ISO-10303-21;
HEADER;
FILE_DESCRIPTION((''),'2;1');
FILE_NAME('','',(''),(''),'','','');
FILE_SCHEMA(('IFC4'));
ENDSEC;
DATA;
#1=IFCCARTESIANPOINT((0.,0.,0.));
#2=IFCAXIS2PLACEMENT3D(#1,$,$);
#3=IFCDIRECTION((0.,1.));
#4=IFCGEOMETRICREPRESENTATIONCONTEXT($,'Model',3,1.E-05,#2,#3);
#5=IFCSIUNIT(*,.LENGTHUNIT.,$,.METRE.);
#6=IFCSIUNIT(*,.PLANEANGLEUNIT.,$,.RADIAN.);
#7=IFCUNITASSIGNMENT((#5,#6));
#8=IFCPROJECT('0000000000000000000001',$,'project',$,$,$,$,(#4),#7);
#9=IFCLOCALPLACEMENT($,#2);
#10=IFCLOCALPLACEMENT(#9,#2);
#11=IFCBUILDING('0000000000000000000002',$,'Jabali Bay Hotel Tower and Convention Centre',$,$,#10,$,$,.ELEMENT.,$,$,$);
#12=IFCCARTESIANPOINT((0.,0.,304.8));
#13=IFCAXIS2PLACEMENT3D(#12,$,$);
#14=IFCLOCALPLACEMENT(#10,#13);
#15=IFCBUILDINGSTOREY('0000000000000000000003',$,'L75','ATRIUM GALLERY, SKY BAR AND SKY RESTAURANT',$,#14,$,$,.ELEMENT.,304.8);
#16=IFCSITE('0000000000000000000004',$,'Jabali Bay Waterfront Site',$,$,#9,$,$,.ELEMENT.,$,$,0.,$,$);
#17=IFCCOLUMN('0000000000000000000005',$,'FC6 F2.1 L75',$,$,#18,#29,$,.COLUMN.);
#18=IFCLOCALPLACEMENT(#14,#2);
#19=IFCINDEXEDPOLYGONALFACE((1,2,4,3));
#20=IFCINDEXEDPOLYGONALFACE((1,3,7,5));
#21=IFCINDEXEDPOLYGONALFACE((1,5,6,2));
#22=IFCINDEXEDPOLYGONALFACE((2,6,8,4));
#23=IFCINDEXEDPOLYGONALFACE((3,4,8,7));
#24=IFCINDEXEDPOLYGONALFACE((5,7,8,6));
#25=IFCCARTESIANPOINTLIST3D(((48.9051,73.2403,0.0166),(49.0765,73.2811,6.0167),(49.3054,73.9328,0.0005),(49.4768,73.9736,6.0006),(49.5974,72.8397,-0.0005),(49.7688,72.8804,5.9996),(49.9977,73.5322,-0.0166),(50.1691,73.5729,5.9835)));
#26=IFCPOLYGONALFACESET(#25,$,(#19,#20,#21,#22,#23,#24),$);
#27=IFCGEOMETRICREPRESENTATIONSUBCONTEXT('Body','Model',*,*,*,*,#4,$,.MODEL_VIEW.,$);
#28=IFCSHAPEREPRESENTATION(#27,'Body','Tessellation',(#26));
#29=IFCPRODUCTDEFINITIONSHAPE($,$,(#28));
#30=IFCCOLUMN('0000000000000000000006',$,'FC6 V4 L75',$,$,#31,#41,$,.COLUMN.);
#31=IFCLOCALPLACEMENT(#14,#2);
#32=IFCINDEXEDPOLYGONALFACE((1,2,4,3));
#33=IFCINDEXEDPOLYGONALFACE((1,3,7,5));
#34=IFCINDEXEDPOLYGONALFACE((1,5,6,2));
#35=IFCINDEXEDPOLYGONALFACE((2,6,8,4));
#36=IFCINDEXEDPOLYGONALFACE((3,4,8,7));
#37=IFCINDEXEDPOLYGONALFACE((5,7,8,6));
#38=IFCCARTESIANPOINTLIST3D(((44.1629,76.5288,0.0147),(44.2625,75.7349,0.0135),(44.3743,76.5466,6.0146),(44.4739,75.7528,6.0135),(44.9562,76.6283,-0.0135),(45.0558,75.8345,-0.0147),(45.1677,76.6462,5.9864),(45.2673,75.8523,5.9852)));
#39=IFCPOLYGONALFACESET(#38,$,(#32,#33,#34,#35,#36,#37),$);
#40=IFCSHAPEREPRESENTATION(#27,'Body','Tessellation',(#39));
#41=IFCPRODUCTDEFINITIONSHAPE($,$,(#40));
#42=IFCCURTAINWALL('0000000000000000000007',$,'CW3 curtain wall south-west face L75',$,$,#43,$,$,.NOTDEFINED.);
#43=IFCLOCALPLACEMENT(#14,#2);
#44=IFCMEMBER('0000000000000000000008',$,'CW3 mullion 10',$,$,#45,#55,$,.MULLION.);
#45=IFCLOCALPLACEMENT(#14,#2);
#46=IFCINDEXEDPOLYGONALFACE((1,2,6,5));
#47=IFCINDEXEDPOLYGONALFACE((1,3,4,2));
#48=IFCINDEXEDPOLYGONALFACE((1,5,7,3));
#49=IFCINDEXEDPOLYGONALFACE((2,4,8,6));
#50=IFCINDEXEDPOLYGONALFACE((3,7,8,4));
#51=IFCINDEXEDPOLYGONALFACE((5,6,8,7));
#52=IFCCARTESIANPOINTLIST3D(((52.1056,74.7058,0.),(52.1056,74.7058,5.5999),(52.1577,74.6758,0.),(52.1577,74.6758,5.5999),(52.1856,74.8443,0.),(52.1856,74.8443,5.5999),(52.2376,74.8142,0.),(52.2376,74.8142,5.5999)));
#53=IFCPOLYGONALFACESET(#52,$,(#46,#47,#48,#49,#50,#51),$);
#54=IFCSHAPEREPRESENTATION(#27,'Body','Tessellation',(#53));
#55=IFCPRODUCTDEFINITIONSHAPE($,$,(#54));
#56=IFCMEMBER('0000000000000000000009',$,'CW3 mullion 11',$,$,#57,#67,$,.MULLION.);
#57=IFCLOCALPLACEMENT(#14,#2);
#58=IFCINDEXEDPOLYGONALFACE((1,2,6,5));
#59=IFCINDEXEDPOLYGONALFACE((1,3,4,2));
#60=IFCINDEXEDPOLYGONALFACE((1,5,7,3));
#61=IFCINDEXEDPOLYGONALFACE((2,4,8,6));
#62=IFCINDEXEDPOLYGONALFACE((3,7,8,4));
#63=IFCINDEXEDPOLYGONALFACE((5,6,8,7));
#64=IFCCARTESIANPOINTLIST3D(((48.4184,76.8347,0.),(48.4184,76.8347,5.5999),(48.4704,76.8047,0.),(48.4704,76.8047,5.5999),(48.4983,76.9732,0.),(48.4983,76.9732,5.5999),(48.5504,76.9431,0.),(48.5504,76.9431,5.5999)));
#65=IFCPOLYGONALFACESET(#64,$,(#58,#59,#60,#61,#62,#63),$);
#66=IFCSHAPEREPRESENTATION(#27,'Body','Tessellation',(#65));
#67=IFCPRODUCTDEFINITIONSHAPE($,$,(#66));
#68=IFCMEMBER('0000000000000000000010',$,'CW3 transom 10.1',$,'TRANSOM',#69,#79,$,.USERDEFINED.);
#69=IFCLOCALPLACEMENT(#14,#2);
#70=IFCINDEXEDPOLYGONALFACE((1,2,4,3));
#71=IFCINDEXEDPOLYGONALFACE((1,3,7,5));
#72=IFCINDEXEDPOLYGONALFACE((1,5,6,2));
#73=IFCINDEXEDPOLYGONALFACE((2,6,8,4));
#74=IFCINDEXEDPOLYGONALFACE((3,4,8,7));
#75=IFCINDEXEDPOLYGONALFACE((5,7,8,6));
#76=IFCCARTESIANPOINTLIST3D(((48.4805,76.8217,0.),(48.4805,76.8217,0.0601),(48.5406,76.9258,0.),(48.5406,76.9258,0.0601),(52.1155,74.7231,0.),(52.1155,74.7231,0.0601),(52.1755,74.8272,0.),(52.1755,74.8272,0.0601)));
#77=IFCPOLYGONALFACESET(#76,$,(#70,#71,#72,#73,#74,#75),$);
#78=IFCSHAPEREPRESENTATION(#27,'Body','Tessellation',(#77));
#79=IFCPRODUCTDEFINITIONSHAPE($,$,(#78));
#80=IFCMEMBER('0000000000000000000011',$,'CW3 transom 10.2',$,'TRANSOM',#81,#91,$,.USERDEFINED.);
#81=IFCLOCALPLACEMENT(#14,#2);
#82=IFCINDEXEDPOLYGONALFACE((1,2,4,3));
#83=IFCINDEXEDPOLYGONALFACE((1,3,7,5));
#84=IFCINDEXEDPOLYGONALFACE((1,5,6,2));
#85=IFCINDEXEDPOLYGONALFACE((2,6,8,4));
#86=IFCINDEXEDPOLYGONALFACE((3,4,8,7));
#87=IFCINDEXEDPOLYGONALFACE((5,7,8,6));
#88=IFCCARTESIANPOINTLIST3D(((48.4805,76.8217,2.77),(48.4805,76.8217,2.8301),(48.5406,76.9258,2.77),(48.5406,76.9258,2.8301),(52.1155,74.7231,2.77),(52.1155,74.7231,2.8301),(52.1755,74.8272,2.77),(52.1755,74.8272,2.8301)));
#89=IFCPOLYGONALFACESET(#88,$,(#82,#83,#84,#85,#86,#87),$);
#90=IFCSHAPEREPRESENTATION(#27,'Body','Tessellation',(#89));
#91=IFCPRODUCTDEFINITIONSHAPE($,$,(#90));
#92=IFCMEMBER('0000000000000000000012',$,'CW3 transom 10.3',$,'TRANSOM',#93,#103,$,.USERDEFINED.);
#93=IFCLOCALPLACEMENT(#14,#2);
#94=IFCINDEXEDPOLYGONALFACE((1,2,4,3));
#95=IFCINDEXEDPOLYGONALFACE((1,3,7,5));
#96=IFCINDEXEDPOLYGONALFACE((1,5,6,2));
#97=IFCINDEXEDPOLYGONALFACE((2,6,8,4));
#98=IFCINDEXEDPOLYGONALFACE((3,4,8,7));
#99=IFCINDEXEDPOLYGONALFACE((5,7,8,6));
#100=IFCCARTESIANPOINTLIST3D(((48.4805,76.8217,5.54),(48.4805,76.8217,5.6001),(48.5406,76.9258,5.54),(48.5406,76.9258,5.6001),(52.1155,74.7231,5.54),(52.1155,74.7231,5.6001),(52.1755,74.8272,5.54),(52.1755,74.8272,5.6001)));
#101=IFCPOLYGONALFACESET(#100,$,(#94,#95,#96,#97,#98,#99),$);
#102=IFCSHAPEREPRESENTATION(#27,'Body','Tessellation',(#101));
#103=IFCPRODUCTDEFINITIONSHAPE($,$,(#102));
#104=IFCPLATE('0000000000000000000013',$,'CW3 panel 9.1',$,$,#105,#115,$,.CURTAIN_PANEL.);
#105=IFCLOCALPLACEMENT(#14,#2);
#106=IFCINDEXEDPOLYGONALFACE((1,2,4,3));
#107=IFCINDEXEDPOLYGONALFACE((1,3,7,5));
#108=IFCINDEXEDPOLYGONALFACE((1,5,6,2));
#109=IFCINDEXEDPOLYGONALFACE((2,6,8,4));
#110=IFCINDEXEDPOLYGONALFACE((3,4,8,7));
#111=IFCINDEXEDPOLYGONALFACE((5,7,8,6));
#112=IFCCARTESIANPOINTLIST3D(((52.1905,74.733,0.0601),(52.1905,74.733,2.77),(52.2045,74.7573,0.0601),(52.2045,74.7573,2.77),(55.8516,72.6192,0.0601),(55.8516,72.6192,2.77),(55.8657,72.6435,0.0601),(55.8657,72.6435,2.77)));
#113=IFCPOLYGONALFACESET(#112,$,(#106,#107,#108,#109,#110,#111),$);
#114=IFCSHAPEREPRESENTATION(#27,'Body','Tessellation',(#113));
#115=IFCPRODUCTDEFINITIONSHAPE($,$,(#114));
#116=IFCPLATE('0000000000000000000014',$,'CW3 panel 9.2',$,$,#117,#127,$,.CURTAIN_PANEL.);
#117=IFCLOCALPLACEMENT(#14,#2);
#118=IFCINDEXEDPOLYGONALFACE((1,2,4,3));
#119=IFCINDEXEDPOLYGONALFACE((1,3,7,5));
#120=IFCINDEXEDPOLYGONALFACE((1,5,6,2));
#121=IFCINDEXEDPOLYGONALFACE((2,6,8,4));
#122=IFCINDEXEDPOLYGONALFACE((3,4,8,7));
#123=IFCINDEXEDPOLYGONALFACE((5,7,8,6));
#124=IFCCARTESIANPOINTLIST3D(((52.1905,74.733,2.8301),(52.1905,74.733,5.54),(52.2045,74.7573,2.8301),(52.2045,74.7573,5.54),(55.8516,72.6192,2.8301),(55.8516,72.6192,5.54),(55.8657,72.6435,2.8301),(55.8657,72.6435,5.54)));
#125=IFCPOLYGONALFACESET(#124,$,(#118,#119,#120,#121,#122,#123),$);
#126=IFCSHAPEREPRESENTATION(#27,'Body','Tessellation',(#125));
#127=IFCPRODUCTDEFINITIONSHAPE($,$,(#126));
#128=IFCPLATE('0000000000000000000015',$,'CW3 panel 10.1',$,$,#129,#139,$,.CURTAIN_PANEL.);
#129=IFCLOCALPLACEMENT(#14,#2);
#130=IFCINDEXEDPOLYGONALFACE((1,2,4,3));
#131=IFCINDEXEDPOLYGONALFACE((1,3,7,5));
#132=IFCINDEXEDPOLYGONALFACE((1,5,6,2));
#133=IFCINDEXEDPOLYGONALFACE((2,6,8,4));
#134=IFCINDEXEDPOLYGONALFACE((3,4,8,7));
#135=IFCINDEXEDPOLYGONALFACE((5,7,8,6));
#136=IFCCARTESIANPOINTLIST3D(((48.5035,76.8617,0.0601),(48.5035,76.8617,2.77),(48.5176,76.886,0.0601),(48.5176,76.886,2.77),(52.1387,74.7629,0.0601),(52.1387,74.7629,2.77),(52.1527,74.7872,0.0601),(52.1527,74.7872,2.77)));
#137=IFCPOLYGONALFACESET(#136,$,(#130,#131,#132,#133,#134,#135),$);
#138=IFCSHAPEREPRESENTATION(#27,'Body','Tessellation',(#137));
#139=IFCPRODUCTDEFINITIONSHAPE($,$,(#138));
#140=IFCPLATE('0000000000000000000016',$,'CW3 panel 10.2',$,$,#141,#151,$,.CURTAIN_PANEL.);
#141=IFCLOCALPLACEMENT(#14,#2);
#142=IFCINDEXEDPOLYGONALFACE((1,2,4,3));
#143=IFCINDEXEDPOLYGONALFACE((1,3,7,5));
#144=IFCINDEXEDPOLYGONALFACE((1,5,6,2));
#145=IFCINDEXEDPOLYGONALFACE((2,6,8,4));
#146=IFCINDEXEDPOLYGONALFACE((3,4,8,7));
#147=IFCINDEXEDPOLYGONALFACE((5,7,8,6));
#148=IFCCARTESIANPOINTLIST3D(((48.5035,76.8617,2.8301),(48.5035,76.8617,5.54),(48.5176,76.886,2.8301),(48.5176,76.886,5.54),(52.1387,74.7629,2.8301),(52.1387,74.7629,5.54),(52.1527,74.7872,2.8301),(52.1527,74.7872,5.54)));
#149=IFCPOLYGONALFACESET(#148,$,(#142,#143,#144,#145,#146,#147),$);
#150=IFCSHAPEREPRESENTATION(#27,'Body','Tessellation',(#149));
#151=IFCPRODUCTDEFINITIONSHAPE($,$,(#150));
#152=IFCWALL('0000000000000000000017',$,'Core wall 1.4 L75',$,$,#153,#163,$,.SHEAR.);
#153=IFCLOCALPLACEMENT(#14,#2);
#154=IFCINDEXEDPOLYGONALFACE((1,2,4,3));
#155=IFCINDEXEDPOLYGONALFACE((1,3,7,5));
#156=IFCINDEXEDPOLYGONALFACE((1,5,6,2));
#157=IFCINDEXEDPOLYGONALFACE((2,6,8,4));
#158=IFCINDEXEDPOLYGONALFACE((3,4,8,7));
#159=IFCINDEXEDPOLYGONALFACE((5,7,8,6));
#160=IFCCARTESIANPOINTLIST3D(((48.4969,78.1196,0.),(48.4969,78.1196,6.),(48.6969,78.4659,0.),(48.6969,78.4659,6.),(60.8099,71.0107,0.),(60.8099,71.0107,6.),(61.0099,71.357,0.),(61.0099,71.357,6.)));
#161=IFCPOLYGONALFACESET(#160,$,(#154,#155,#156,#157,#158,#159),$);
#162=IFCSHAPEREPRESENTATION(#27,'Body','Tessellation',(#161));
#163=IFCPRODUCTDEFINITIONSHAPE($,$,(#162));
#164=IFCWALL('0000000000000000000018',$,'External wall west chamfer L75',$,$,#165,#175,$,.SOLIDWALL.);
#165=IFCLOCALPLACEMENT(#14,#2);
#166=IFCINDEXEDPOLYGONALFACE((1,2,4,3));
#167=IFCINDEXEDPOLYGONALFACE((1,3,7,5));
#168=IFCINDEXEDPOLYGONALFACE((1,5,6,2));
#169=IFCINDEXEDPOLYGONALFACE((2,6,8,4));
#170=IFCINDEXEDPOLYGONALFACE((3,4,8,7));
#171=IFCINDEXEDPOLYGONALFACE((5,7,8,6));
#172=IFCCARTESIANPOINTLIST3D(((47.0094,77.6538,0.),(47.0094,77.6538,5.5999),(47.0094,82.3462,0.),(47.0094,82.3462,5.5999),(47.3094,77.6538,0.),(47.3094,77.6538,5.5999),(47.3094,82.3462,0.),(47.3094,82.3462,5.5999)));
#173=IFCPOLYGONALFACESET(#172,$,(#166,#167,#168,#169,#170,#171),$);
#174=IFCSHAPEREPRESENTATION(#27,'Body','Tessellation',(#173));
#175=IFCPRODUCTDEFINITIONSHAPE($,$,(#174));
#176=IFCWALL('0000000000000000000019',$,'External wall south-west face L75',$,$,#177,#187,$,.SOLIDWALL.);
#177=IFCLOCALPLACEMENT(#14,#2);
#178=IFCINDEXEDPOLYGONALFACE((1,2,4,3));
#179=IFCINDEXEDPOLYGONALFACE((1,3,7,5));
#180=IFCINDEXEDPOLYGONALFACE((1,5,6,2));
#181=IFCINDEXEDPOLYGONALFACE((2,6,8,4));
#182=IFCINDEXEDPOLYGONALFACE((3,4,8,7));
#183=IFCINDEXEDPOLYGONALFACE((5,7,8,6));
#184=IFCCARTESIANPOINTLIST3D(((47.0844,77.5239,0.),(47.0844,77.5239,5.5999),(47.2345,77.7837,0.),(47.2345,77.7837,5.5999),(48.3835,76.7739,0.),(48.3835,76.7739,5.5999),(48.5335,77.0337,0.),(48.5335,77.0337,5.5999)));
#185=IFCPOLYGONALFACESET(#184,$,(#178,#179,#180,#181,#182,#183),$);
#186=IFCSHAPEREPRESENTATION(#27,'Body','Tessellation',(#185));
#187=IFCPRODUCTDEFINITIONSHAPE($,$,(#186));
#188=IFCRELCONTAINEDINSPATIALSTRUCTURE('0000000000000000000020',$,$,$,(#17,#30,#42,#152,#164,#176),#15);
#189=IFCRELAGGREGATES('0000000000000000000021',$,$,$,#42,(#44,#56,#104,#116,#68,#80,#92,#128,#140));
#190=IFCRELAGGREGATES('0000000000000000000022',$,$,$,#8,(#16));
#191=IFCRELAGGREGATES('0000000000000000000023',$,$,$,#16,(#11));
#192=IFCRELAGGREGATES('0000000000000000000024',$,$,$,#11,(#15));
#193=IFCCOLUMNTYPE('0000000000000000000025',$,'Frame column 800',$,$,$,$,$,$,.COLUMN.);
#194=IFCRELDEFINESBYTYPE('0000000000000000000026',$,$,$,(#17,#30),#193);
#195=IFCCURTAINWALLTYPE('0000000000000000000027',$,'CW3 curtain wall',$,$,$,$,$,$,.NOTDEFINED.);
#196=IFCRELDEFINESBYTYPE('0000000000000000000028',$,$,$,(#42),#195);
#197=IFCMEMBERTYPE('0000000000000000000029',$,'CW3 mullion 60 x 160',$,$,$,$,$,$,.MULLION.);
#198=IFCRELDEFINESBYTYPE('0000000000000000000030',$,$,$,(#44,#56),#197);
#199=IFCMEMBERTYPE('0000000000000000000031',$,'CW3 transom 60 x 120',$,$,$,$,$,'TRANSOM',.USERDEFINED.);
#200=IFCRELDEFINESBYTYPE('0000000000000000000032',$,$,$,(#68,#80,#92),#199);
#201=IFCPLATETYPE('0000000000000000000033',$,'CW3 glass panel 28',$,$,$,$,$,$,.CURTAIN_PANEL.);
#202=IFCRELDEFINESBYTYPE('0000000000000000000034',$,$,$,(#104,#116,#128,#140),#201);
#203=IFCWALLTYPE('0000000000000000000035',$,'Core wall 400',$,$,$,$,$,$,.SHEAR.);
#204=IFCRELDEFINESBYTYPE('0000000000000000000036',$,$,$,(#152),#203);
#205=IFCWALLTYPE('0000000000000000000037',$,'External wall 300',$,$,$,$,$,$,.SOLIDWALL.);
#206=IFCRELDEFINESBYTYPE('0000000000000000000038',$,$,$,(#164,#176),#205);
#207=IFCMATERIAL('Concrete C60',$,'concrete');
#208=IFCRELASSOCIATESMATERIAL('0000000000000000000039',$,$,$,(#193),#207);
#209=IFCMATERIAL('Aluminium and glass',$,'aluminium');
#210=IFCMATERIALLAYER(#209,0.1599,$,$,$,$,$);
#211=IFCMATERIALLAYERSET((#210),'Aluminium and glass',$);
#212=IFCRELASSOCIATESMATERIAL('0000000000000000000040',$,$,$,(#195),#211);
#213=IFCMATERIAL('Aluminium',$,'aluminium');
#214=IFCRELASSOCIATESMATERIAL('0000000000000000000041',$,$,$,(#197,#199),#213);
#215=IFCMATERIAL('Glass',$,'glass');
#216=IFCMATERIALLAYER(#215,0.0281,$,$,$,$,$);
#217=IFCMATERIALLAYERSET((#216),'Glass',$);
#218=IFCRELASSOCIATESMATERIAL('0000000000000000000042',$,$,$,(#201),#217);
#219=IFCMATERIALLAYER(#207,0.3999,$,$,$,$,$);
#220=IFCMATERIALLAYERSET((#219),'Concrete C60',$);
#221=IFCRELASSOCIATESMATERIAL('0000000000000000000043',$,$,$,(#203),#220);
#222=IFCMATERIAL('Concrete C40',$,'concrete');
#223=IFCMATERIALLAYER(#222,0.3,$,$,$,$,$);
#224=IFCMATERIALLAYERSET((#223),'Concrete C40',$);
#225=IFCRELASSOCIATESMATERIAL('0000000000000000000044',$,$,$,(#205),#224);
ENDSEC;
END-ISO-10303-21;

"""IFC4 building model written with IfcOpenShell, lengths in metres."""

from ifc_helpers import new_model, si_unit, direction, frame, frame_2d, origin, origin_2d, place, context, subcontext, project, spatial, rectangle, extrude, material, layer, layer_set, material_profile, profile_set, type_object, element, aggregate, save


model = new_model("IFC4")

# Units and contexts
model_context = context("Model", 3, precision=1e-05, world=origin(), true_north=direction((0.0, 1.0)))
body_context = subcontext(model_context, "Body", "Model", "MODEL_VIEW")
ifc_project = project(units=[si_unit("LENGTHUNIT", "METRE"), si_unit("PLANEANGLEUNIT", "RADIAN")], contexts=[model_context])

# Site, building, storey
site_placement = place(None, origin())
site = spatial("IfcSite", under=ifc_project, at=site_placement, Name="Jabali Bay Waterfront Site", CompositionType="ELEMENT", RefElevation=0.0)
building_placement = place(site_placement, origin())
building = spatial("IfcBuilding", under=site, at=building_placement, Name="Jabali Bay Hotel Tower and Convention Centre", CompositionType="ELEMENT")
storey_placement = place(building_placement, frame((0.0, 0.0, 304.8)))
storey = spatial("IfcBuildingStorey", under=building, at=storey_placement, Name="L75", Description="ATRIUM GALLERY, SKY BAR AND SKY RESTAURANT", CompositionType="ELEMENT", Elevation=304.8)

# Columns
ifc_material_1 = material(Name="Concrete C60", Category="concrete")
ifc_material_profile_1 = material_profile(ifc_material_1, rectangle(XDim=0.8, YDim=0.8, at=origin_2d()), Name="Frame column 800")
ifc_profile_set_1 = profile_set([ifc_material_profile_1], Name="Concrete C60")
column_type = type_object("IfcColumnType", Name="Frame column 800", PredefinedType="COLUMN", material=ifc_profile_set_1)
column_1_placement = place(storey_placement, frame((49.4514, 73.3862, 0.0), z_axis=(0.028552, 0.006792, 0.999569), x_axis=(-0.865329, 0.50075, 0.021315)))
element("IfcColumn", 1, at=column_1_placement, inside=storey, type_object=column_type, Name="FC6 F2.1 L75", PredefinedType="COLUMN", context=body_context, shape_type="SweptSolid", body=[
    extrude(rectangle(XDim=0.8, YDim=0.8, at=origin_2d()), origin(), (0.0, 0.0, 1.0), 6.0027),
])
column_2_placement = place(storey_placement, frame((44.6094, 76.1816, 0.0), z_axis=(0.035216, 0.002969, 0.999375), x_axis=(-0.124505, 0.992218, 0.00144)))
element("IfcColumn", 2, at=column_2_placement, inside=storey, type_object=column_type, Name="FC6 V4 L75", PredefinedType="COLUMN", context=body_context, shape_type="SweptSolid", body=[
    extrude(rectangle(XDim=0.8, YDim=0.8, at=origin_2d()), origin(), (0.0, 0.0, 1.0), 6.0037),
])

# Curtain wall, members, plates
ifc_material_2 = material(Name="Aluminium and glass", Category="aluminium")
ifc_layer_1 = layer(ifc_material_2, 0.1599)
ifc_layer_set_1 = layer_set([ifc_layer_1], Name="Aluminium and glass")
curtain_wall_type = type_object("IfcCurtainWallType", Name="CW3 curtain wall", PredefinedType="NOTDEFINED", material=ifc_layer_set_1)
curtain_wall_placement = place(storey_placement, origin())
curtain_wall = element("IfcCurtainWall", 3, at=curtain_wall_placement, inside=storey, type_object=curtain_wall_type, Name="CW3 curtain wall south-west face L75", PredefinedType="NOTDEFINED")
ifc_material_3 = material(Name="Aluminium", Category="aluminium")
ifc_material_profile_2 = material_profile(ifc_material_3, rectangle(XDim=0.1599, YDim=0.0601, at=origin_2d()), Name="CW3 mullion 60 x 160")
ifc_profile_set_2 = profile_set([ifc_material_profile_2], Name="Aluminium")
member_type_1 = type_object("IfcMemberType", Name="CW3 mullion 60 x 160", PredefinedType="MULLION", material=ifc_profile_set_2)
member_1_placement = place(storey_placement, frame((52.1716, 74.76, 0.0), z_axis=(0.0, 0.0, 1.0), x_axis=(-0.5, -0.866025, 0.0)))
member_1 = element("IfcMember", 4, at=member_1_placement, type_object=member_type_1, Name="CW3 mullion 10", PredefinedType="MULLION", context=body_context, shape_type="SweptSolid", body=[
    extrude(rectangle(XDim=0.1599, YDim=0.0601, at=origin_2d()), origin(), (0.0, 0.0, 1.0), 5.5999),
])
member_2_placement = place(storey_placement, frame((48.4844, 76.8889, 0.0), z_axis=(0.0, 0.0, 1.0), x_axis=(-0.5, -0.866025, 0.0)))
member_2 = element("IfcMember", 5, at=member_2_placement, type_object=member_type_1, Name="CW3 mullion 11", PredefinedType="MULLION", context=body_context, shape_type="SweptSolid", body=[
    extrude(rectangle(XDim=0.1599, YDim=0.0601, at=origin_2d()), origin(), (0.0, 0.0, 1.0), 5.5999),
])
ifc_material_profile_3 = material_profile(ifc_material_3, rectangle(XDim=0.1201, YDim=0.0601, at=origin_2d()), Name="CW3 transom 60 x 120")
ifc_profile_set_3 = profile_set([ifc_material_profile_3], Name="Aluminium")
member_type_2 = type_object("IfcMemberType", Name="CW3 transom 60 x 120", ElementType="TRANSOM", PredefinedType="USERDEFINED", material=ifc_profile_set_3)
member_3_placement = place(storey_placement, frame((52.1455, 74.7751, 0.03), z_axis=(-0.86603, 0.499993, 0.0), x_axis=(-0.499993, -0.86603, 0.0)))
member_3 = element("IfcMember", 6, at=member_3_placement, type_object=member_type_2, Name="CW3 transom 10.1", ObjectType="TRANSOM", PredefinedType="USERDEFINED", context=body_context, shape_type="SweptSolid", body=[
    extrude(rectangle(XDim=0.1201, YDim=0.0601, at=origin_2d()), origin(), (0.0, 0.0, 1.0), 4.1973),
])
member_4_placement = place(storey_placement, frame((52.1455, 74.7751, 2.8), z_axis=(-0.86603, 0.499993, 0.0), x_axis=(-0.499993, -0.86603, 0.0)))
member_4 = element("IfcMember", 7, at=member_4_placement, type_object=member_type_2, Name="CW3 transom 10.2", ObjectType="TRANSOM", PredefinedType="USERDEFINED", context=body_context, shape_type="SweptSolid", body=[
    extrude(rectangle(XDim=0.1201, YDim=0.0601, at=origin_2d()), origin(), (0.0, 0.0, 1.0), 4.1973),
])
member_5_placement = place(storey_placement, frame((52.1455, 74.7751, 5.5701), z_axis=(-0.86603, 0.499993, 0.0), x_axis=(-0.499993, -0.86603, 0.0)))
member_5 = element("IfcMember", 8, at=member_5_placement, type_object=member_type_2, Name="CW3 transom 10.3", ObjectType="TRANSOM", PredefinedType="USERDEFINED", context=body_context, shape_type="SweptSolid", body=[
    extrude(rectangle(XDim=0.1201, YDim=0.0601, at=origin_2d()), origin(), (0.0, 0.0, 1.0), 4.1973),
])
ifc_material_4 = material(Name="Glass", Category="glass")
ifc_layer_2 = layer(ifc_material_4, 0.0281)
ifc_layer_set_2 = layer_set([ifc_layer_2], Name="Glass")
plate_type = type_object("IfcPlateType", Name="CW3 glass panel 28", PredefinedType="CURTAIN_PANEL", material=ifc_layer_set_2)
plate_1_placement = place(storey_placement, frame((54.0281, 73.6882, 0.0601), z_axis=(0.0, 0.0, 1.0), x_axis=(-0.866025, 0.5, 0.0)))
plate_1 = element("IfcPlate", 9, at=plate_1_placement, type_object=plate_type, Name="CW3 panel 9.1", PredefinedType="CURTAIN_PANEL", context=body_context, shape_type="SweptSolid", body=[
    extrude(rectangle(XDim=4.2275, YDim=0.0281, at=origin_2d()), origin(), (0.0, 0.0, 1.0), 2.71),
])
plate_2_placement = place(storey_placement, frame((54.0281, 73.6882, 2.8301), z_axis=(0.0, 0.0, 1.0), x_axis=(-0.866025, 0.5, 0.0)))
plate_2 = element("IfcPlate", 10, at=plate_2_placement, type_object=plate_type, Name="CW3 panel 9.2", PredefinedType="CURTAIN_PANEL", context=body_context, shape_type="SweptSolid", body=[
    extrude(rectangle(XDim=4.2275, YDim=0.0281, at=origin_2d()), origin(), (0.0, 0.0, 1.0), 2.71),
])
plate_3_placement = place(storey_placement, frame((50.3281, 75.8245, 0.0601), z_axis=(0.0, 0.0, 1.0), x_axis=(-0.866025, 0.5, 0.0)))
plate_3 = element("IfcPlate", 11, at=plate_3_placement, type_object=plate_type, Name="CW3 panel 10.1", PredefinedType="CURTAIN_PANEL", context=body_context, shape_type="SweptSolid", body=[
    extrude(rectangle(XDim=4.1975, YDim=0.0281, at=origin_2d()), origin(), (0.0, 0.0, 1.0), 2.71),
])
plate_4_placement = place(storey_placement, frame((50.3281, 75.8245, 2.8301), z_axis=(0.0, 0.0, 1.0), x_axis=(-0.866025, 0.5, 0.0)))
plate_4 = element("IfcPlate", 12, at=plate_4_placement, type_object=plate_type, Name="CW3 panel 10.2", PredefinedType="CURTAIN_PANEL", context=body_context, shape_type="SweptSolid", body=[
    extrude(rectangle(XDim=4.1975, YDim=0.0281, at=origin_2d()), origin(), (0.0, 0.0, 1.0), 2.71),
])
aggregate(curtain_wall, [member_1, member_2, plate_1, plate_2, member_3, member_4, member_5, plate_3, plate_4])

# Walls
ifc_layer_3 = layer(ifc_material_1, 0.3999)
ifc_layer_set_3 = layer_set([ifc_layer_3], Name="Concrete C60")
wall_type_1 = type_object("IfcWallType", Name="Core wall 400", PredefinedType="SHEAR", material=ifc_layer_set_3)
wall_1_placement = place(storey_placement, frame((48.5969, 78.2927, 0.0), z_axis=(0.0, 0.0, 1.0), x_axis=(0.866026, -0.499999, 0.0)))
element("IfcWall", 13, at=wall_1_placement, inside=storey, type_object=wall_type_1, Name="Core wall 1.4 L75", PredefinedType="SHEAR", context=body_context, shape_type="SweptSolid", body=[
    extrude(rectangle(XDim=14.2178, YDim=0.3999, at=frame_2d((7.1089, 0.0))), origin(), (0.0, 0.0, 1.0), 6.0),
])
ifc_material_5 = material(Name="Concrete C40", Category="concrete")
ifc_layer_4 = layer(ifc_material_5, 0.3)
ifc_layer_set_4 = layer_set([ifc_layer_4], Name="Concrete C40")
wall_type_2 = type_object("IfcWallType", Name="External wall 300", PredefinedType="SOLIDWALL", material=ifc_layer_set_4)
wall_2_placement = place(storey_placement, frame((47.1594, 77.6538, 0.0), z_axis=(0.0, 0.0, 1.0), x_axis=(0.0, 1.0, 0.0)))
element("IfcWall", 14, at=wall_2_placement, inside=storey, type_object=wall_type_2, Name="External wall west chamfer L75", PredefinedType="SOLIDWALL", context=body_context, shape_type="SweptSolid", body=[
    extrude(rectangle(XDim=4.6924, YDim=0.3, at=frame_2d((2.3462, 0.0))), origin(), (0.0, 0.0, 1.0), 5.5999),
])
wall_3_placement = place(storey_placement, frame((48.4585, 76.9038, 0.0), z_axis=(0.0, 0.0, 1.0), x_axis=(-0.866031, 0.49999, 0.0)))
element("IfcWall", 15, at=wall_3_placement, inside=storey, type_object=wall_type_2, Name="External wall south-west face L75", PredefinedType="SOLIDWALL", context=body_context, shape_type="SweptSolid", body=[
    extrude(rectangle(XDim=1.5, YDim=0.3, at=frame_2d((0.75, 0.0))), origin(), (0.0, 0.0, 1.0), 5.5999),
])

save(model, "model.ifc")
